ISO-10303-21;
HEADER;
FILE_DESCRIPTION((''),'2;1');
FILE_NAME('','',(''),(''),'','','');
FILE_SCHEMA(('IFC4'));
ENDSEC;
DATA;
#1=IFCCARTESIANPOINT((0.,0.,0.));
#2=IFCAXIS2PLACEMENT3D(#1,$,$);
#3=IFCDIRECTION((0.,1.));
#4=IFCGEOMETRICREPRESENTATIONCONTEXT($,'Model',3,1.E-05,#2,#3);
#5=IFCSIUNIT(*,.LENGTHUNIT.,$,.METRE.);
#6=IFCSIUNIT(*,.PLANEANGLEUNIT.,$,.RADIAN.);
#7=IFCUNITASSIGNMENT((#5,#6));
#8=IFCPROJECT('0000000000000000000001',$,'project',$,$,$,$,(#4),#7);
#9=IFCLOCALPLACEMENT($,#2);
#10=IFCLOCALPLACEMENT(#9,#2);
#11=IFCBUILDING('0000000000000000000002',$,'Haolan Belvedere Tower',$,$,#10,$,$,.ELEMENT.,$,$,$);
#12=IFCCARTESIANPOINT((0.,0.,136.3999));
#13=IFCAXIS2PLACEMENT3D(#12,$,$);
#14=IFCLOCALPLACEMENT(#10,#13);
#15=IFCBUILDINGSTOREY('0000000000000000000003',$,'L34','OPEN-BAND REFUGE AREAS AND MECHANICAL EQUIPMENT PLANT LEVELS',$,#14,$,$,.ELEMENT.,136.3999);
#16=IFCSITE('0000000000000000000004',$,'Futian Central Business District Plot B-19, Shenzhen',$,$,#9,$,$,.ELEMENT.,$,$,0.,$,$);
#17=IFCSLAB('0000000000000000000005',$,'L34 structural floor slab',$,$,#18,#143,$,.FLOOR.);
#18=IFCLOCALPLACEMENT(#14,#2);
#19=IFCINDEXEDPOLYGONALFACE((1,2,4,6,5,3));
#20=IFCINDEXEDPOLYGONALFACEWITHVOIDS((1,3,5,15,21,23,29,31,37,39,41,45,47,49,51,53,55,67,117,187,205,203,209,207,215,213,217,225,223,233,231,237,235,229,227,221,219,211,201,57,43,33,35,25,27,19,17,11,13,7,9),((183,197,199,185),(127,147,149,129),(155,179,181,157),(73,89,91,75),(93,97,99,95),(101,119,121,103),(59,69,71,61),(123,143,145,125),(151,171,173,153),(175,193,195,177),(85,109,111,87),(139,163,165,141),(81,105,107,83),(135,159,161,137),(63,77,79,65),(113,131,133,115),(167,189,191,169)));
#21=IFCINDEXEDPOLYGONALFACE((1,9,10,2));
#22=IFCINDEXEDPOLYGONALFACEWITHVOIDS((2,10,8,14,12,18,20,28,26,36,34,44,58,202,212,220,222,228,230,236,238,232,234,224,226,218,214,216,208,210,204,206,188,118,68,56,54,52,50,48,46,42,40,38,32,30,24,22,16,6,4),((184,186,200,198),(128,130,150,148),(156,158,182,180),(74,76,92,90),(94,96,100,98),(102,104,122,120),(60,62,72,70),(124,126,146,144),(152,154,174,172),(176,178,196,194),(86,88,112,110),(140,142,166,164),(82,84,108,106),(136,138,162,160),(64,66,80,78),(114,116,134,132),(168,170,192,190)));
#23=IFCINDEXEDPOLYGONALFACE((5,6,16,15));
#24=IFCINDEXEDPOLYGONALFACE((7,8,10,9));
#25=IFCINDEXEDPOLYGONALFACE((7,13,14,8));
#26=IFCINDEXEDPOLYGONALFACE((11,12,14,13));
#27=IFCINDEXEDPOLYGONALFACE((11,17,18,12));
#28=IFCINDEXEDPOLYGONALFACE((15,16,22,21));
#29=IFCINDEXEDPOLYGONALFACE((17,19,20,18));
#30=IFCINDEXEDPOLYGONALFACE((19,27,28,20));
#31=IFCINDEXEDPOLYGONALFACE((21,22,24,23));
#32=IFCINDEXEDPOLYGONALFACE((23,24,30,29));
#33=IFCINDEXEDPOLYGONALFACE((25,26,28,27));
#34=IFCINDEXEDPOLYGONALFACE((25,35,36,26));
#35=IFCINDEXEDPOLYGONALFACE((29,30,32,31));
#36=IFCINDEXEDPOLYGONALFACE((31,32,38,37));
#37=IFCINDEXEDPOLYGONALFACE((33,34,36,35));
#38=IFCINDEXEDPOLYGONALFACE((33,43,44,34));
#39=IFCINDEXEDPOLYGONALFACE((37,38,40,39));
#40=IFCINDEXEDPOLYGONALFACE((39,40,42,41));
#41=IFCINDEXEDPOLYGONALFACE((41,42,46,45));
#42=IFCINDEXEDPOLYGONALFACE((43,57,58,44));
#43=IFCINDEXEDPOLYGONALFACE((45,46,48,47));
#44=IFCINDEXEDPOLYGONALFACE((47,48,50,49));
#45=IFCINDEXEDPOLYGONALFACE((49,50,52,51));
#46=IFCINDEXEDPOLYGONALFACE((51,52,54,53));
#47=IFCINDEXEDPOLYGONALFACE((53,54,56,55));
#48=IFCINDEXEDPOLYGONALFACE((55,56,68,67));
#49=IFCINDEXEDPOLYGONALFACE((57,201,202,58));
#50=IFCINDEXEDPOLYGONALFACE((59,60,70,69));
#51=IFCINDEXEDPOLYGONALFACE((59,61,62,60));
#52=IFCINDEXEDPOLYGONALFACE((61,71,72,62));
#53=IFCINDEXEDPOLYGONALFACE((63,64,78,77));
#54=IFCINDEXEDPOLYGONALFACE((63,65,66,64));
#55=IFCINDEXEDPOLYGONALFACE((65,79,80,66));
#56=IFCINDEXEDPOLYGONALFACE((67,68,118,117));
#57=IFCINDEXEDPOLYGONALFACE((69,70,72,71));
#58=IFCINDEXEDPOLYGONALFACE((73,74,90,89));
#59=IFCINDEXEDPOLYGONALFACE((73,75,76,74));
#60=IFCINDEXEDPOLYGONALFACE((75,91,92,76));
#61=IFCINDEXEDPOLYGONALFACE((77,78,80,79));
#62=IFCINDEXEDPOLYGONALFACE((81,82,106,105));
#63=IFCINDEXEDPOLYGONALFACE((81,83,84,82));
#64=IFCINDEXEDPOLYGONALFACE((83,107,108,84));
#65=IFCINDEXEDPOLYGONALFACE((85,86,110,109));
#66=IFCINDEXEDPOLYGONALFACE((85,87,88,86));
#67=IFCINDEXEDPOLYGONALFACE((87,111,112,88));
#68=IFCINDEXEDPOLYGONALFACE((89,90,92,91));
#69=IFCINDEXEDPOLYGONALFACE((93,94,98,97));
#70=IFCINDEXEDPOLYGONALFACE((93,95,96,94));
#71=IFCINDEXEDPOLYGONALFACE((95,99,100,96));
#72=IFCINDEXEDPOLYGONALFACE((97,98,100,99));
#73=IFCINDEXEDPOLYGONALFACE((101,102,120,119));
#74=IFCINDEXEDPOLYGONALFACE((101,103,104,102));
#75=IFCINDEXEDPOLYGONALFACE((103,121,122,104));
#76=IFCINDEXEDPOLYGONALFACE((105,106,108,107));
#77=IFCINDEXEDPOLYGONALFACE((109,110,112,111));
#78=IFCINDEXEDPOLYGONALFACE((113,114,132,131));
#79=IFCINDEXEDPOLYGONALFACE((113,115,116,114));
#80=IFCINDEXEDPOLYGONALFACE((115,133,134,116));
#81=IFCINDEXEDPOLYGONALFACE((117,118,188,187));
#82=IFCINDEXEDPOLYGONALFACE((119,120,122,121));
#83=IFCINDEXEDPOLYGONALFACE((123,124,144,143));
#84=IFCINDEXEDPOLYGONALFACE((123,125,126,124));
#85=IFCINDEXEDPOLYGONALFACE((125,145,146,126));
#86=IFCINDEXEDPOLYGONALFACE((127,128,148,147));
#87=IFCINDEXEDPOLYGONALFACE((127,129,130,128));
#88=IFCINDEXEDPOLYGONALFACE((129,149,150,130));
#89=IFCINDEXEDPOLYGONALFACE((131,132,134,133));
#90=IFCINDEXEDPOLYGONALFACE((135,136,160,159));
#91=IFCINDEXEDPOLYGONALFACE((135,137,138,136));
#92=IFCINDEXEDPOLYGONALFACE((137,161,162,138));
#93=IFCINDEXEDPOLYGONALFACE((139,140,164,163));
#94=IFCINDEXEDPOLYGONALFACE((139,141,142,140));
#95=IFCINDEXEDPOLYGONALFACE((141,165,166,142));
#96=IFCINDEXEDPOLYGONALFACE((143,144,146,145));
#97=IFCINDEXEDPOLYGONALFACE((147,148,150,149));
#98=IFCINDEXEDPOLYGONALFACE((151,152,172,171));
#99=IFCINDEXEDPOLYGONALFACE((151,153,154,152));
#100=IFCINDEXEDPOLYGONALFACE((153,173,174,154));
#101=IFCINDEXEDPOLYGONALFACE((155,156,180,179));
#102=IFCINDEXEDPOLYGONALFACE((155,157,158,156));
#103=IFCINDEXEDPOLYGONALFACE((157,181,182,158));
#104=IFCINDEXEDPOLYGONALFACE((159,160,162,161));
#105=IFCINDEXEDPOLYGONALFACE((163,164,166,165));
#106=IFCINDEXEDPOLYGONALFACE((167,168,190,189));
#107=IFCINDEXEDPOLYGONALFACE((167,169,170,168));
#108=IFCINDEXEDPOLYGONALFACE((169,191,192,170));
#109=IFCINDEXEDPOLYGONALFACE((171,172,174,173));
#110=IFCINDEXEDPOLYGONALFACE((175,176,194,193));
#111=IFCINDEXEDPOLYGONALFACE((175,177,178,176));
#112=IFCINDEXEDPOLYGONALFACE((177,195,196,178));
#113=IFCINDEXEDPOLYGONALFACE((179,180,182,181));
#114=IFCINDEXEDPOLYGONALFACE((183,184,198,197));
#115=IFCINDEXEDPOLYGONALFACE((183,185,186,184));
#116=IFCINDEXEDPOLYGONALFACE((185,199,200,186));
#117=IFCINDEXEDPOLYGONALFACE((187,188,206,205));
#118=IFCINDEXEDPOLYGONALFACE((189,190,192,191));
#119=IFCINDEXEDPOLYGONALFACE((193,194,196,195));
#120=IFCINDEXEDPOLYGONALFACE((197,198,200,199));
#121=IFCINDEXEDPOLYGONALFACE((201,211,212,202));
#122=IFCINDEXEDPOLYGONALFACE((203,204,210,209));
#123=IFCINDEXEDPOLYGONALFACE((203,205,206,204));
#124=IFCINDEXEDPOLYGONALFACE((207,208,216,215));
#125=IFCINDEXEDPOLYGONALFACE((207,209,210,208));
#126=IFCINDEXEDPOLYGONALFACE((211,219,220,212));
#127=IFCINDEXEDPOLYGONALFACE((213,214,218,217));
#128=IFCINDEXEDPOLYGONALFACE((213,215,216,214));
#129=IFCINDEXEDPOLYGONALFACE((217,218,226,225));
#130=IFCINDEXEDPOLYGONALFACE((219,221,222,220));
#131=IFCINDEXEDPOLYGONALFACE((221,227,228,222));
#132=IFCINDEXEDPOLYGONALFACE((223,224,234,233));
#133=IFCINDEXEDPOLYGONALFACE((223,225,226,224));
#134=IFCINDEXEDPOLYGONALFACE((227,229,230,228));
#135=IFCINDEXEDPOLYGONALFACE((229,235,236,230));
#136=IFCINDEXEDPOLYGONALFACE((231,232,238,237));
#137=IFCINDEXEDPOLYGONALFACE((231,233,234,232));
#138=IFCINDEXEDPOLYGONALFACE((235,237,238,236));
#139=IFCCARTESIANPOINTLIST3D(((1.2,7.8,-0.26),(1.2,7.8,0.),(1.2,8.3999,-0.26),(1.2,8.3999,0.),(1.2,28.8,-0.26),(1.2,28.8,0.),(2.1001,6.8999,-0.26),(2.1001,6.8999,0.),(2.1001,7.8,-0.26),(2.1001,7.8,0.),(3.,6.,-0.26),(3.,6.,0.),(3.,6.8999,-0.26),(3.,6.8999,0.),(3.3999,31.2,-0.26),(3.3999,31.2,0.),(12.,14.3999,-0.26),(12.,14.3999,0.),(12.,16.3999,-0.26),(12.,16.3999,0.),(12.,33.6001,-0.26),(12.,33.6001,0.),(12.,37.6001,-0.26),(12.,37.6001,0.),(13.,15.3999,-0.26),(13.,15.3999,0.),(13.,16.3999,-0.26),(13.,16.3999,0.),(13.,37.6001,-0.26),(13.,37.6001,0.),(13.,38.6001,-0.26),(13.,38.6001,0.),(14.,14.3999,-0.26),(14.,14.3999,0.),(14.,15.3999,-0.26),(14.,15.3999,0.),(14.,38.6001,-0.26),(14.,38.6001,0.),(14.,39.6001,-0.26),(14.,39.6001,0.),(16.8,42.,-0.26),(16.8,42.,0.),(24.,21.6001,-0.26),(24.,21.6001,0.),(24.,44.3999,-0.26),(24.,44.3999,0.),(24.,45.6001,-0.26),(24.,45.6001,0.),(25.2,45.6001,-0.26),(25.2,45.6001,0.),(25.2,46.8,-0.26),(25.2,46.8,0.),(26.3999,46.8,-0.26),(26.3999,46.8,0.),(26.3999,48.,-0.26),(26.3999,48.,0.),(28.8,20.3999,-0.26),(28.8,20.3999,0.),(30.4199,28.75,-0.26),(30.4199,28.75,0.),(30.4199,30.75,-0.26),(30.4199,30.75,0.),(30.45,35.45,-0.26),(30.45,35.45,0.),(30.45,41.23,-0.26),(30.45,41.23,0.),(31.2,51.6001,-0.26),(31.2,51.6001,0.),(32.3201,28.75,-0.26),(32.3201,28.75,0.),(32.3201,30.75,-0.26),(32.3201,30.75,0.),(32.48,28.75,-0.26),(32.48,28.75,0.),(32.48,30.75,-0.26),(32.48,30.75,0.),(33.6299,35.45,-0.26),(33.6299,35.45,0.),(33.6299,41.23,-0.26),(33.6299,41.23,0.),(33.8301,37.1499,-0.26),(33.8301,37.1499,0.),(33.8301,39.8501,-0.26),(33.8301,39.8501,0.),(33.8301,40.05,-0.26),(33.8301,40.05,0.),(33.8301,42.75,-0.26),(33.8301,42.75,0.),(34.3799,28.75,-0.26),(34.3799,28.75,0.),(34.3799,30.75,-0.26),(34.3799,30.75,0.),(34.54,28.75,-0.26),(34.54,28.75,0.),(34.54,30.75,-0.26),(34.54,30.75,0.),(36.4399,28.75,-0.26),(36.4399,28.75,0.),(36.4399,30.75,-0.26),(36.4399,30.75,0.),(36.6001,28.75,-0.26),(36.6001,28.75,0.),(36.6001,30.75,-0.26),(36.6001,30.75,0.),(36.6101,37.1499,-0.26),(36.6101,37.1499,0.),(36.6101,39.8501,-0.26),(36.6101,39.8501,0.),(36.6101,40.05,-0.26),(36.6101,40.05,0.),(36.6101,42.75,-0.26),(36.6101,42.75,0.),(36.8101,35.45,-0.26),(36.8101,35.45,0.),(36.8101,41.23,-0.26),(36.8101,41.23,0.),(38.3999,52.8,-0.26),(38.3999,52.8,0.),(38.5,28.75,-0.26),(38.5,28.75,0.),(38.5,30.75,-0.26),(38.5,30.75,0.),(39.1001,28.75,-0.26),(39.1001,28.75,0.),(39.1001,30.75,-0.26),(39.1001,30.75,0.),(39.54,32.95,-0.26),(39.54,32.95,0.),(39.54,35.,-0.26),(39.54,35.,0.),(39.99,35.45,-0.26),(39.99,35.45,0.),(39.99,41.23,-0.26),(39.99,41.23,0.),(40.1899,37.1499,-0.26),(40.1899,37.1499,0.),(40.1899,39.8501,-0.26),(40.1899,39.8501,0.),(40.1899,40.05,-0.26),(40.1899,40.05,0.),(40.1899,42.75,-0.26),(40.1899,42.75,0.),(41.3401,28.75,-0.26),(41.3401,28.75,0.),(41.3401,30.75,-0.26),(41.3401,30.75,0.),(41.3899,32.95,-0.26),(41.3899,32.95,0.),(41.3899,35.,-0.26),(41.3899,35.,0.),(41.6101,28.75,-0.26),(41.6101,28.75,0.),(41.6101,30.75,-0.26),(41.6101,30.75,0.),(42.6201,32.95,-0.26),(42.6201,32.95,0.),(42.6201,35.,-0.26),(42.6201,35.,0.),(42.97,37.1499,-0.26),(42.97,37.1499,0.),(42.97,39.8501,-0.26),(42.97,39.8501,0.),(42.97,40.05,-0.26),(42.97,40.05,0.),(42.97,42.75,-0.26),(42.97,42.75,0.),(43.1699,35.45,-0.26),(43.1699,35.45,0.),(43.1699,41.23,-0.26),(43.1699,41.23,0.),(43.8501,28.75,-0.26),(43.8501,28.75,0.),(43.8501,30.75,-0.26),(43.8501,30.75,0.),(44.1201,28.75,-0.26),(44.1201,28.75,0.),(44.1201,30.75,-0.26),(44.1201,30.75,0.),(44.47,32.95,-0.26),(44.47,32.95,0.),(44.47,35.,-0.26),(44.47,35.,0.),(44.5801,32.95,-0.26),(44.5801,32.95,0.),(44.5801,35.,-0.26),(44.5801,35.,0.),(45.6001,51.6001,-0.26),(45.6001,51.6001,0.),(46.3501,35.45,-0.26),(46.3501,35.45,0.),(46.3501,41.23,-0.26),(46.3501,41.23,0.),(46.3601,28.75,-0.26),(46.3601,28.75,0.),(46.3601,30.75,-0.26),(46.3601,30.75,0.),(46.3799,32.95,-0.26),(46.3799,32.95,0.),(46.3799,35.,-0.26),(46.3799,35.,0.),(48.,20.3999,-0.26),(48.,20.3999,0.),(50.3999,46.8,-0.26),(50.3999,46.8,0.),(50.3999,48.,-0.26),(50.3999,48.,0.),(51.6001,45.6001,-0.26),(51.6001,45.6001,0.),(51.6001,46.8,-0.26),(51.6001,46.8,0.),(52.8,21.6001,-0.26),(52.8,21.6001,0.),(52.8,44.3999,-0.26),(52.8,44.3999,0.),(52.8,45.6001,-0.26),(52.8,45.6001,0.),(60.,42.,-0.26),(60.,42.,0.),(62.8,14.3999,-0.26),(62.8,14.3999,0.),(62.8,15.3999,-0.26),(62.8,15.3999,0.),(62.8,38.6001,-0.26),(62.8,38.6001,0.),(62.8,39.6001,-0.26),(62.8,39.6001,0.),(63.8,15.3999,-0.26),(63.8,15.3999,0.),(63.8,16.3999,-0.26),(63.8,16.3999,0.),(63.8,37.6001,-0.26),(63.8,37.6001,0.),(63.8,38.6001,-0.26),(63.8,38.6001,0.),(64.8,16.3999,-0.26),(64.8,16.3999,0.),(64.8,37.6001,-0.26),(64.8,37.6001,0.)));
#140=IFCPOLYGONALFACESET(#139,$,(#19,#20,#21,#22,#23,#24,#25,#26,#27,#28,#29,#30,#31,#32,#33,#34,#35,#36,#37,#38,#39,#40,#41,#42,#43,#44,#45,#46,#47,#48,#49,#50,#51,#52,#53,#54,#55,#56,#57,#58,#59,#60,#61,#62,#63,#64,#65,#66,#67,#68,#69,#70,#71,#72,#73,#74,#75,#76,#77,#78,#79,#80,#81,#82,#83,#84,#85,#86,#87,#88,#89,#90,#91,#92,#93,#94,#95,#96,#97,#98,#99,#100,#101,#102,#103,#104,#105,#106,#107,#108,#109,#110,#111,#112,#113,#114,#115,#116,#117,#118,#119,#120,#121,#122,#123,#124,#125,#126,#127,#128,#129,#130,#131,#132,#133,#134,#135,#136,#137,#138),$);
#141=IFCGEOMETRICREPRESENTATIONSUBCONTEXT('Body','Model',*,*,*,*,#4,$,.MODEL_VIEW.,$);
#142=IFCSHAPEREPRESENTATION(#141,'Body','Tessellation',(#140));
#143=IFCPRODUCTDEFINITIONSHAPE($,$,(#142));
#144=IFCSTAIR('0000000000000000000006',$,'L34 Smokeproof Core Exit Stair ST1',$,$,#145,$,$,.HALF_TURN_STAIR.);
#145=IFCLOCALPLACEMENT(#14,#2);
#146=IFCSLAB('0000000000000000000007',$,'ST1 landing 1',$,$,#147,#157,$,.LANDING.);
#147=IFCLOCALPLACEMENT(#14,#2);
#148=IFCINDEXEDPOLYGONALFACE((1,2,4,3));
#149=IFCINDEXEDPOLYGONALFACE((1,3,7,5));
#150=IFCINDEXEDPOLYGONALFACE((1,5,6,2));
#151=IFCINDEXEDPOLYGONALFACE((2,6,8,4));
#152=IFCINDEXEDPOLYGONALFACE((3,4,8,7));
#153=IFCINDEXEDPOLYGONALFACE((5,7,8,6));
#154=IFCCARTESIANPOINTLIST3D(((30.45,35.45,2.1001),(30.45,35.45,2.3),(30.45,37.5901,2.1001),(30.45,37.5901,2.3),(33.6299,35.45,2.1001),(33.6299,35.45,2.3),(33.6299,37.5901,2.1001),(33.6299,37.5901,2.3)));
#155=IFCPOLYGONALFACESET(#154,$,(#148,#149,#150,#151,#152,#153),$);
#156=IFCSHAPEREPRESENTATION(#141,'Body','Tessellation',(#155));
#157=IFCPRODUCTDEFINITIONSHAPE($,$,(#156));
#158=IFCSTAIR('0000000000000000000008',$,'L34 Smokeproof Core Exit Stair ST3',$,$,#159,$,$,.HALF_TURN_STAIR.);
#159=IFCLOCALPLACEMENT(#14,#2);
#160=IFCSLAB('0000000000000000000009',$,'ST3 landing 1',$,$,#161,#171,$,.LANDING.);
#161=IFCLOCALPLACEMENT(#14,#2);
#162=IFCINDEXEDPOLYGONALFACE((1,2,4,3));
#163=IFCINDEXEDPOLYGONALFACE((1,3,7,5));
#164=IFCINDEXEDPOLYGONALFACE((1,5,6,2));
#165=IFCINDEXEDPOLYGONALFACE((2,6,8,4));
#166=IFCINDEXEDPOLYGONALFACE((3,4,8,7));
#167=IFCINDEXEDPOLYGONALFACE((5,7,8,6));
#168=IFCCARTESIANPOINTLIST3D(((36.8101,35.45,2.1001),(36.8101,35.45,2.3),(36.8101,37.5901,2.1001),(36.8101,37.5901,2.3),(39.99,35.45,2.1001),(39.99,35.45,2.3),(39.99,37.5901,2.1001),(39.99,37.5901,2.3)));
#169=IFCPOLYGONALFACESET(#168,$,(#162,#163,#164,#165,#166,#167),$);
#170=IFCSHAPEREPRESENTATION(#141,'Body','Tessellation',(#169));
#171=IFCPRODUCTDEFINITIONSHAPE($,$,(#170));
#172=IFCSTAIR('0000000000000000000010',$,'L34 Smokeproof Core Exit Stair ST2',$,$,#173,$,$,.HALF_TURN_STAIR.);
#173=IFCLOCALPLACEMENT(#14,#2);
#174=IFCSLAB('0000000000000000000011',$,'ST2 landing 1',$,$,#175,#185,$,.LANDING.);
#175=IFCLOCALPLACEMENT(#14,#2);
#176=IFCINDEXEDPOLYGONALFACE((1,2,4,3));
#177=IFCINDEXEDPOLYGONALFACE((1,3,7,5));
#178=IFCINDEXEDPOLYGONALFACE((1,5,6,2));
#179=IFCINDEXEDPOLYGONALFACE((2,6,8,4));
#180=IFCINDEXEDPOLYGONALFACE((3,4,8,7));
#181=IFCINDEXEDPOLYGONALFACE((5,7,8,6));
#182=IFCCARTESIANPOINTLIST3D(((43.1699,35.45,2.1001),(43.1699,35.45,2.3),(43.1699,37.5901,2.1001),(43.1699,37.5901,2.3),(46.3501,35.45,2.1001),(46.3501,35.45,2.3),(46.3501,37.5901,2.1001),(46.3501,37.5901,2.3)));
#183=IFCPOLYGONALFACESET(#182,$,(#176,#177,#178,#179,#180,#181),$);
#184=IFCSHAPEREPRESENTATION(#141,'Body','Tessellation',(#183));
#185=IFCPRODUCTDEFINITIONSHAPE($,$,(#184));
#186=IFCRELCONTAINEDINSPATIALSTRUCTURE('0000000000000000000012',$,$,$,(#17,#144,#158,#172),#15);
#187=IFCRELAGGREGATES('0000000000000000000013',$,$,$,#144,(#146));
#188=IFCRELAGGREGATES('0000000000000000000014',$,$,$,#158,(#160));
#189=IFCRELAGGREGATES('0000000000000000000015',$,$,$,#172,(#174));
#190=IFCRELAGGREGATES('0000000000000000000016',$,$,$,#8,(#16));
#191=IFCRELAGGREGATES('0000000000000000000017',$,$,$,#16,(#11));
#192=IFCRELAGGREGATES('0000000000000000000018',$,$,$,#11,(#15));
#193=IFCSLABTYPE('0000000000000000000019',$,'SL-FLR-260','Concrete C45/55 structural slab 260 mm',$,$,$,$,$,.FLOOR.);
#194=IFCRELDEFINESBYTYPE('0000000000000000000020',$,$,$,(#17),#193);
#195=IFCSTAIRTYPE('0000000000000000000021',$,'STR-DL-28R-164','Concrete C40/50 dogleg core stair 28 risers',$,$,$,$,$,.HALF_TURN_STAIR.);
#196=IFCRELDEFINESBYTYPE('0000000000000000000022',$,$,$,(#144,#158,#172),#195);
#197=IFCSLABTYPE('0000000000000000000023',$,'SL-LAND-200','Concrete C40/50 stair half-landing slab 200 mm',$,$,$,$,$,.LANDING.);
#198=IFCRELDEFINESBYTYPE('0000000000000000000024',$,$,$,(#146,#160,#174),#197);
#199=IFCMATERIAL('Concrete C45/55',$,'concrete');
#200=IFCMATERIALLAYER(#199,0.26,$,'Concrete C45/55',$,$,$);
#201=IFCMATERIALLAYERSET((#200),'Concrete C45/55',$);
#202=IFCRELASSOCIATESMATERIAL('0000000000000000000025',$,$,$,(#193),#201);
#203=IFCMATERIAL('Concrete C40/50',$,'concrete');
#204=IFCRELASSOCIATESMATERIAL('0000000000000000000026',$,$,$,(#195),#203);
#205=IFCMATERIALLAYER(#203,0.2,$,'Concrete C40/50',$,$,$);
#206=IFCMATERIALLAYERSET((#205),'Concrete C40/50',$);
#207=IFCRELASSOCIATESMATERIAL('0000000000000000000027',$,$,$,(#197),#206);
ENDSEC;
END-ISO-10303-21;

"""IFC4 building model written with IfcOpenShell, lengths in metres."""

from ifc_helpers import new_model, si_unit, direction, frame, origin, place, context, subcontext, project, spatial, polyline, outline, extrude, material, layer, layer_set, type_object, element, aggregate, save


model = new_model("IFC4")

# Units and contexts
model_context = context("Model", 3, precision=1e-05, world=origin(), true_north=direction((0.0, 1.0)))
body_context = subcontext(model_context, "Body", "Model", "MODEL_VIEW")
ifc_project = project(units=[si_unit("LENGTHUNIT", "METRE"), si_unit("PLANEANGLEUNIT", "RADIAN")], contexts=[model_context])

# Site, building, storey
site_placement = place(None, origin())
site = spatial("IfcSite", under=ifc_project, at=site_placement, Name="Futian Central Business District Plot B-19, Shenzhen", CompositionType="ELEMENT", RefElevation=0.0)
building_placement = place(site_placement, origin())
building = spatial("IfcBuilding", under=site, at=building_placement, Name="Haolan Belvedere Tower", CompositionType="ELEMENT")
storey_placement = place(building_placement, frame((0.0, 0.0, 136.3999)))
storey = spatial("IfcBuildingStorey", under=building, at=storey_placement, Name="L34", Description="OPEN-BAND REFUGE AREAS AND MECHANICAL EQUIPMENT PLANT LEVELS", CompositionType="ELEMENT", Elevation=136.3999)

# Slab
ifc_material_1 = material(Name="Concrete C45/55", Category="concrete")
ifc_layer_1 = layer(ifc_material_1, 0.26, Name="Concrete C45/55")
ifc_layer_set_1 = layer_set([ifc_layer_1], Name="Concrete C45/55")
slab_type_1 = type_object("IfcSlabType", Name="SL-FLR-260", Description="Concrete C45/55 structural slab 260 mm", PredefinedType="FLOOR", material=ifc_layer_set_1)
slab_1_placement = place(storey_placement, frame((0.0, 0.0, -0.26)))
element("IfcSlab", 1, at=slab_1_placement, inside=storey, type_object=slab_type_1, Name="L34 structural floor slab", PredefinedType="FLOOR", context=body_context, shape_type="SweptSolid", body=[
    extrude(outline(polyline([(12.0, 14.3999), (12.0, 16.3999), (13.0, 16.3999), (13.0, 15.3999), (14.0, 15.3999), (14.0, 14.3999), (24.0, 21.6001), (28.8, 20.3999), (48.0, 20.3999), (52.8, 21.6001), (62.8, 14.3999), (62.8, 15.3999), (63.8, 15.3999), (63.8, 16.3999), (64.8, 16.3999), (64.8, 37.6001), (63.8, 37.6001), (63.8, 38.6001), (62.8, 38.6001), (62.8, 39.6001), (60.0, 42.0), (52.8, 44.3999), (52.8, 45.6001), (51.6001, 45.6001), (51.6001, 46.8), (50.3999, 46.8), (50.3999, 48.0), (45.6001, 51.6001), (38.3999, 52.8), (31.2, 51.6001), (26.3999, 48.0), (26.3999, 46.8), (25.2, 46.8), (25.2, 45.6001), (24.0, 45.6001), (24.0, 44.3999), (16.8, 42.0), (14.0, 39.6001), (14.0, 38.6001), (13.0, 38.6001), (13.0, 37.6001), (12.0, 37.6001), (12.0, 33.6001), (3.3999, 31.2), (1.2, 28.8), (1.2, 8.3999), (1.2, 7.8), (2.1001, 7.8), (2.1001, 6.8999), (3.0, 6.8999), (3.0, 6.0), (12.0, 14.3999)]), holes=[polyline([(30.45, 41.23), (30.45, 35.45), (33.6299, 35.45), (33.6299, 41.23), (30.45, 41.23)]), polyline([(36.8101, 41.23), (36.8101, 35.45), (39.99, 35.45), (39.99, 41.23), (36.8101, 41.23)]), polyline([(43.1699, 41.23), (43.1699, 35.45), (46.3501, 35.45), (46.3501, 41.23), (43.1699, 41.23)]), polyline([(33.8301, 40.05), (36.6101, 40.05), (36.6101, 42.75), (33.8301, 42.75), (33.8301, 40.05)]), polyline([(33.8301, 37.1499), (36.6101, 37.1499), (36.6101, 39.8501), (33.8301, 39.8501), (33.8301, 37.1499)]), polyline([(40.1899, 40.05), (42.97, 40.05), (42.97, 42.75), (40.1899, 42.75), (40.1899, 40.05)]), polyline([(40.1899, 37.1499), (42.97, 37.1499), (42.97, 39.8501), (40.1899, 39.8501), (40.1899, 37.1499)]), polyline([(39.54, 32.95), (41.3899, 32.95), (41.3899, 35.0), (39.54, 35.0), (39.54, 32.95)]), polyline([(42.6201, 32.95), (44.47, 32.95), (44.47, 35.0), (42.6201, 35.0), (42.6201, 32.95)]), polyline([(44.5801, 32.95), (46.3799, 32.95), (46.3799, 35.0), (44.5801, 35.0), (44.5801, 32.95)]), polyline([(30.4199, 28.75), (32.3201, 28.75), (32.3201, 30.75), (30.4199, 30.75), (30.4199, 28.75)]), polyline([(32.48, 28.75), (34.3799, 28.75), (34.3799, 30.75), (32.48, 30.75), (32.48, 28.75)]), polyline([(34.54, 28.75), (36.4399, 28.75), (36.4399, 30.75), (34.54, 30.75), (34.54, 28.75)]), polyline([(36.6001, 28.75), (38.5, 28.75), (38.5, 30.75), (36.6001, 30.75), (36.6001, 28.75)]), polyline([(39.1001, 28.75), (41.3401, 28.75), (41.3401, 30.75), (39.1001, 30.75), (39.1001, 28.75)]), polyline([(41.6101, 28.75), (43.8501, 28.75), (43.8501, 30.75), (41.6101, 30.75), (41.6101, 28.75)]), polyline([(44.1201, 28.75), (46.3601, 28.75), (46.3601, 30.75), (44.1201, 30.75), (44.1201, 28.75)])]), origin(), (0.0, 0.0, 1.0), 0.26),
])

# Stairs, slabs
ifc_material_2 = material(Name="Concrete C40/50", Category="concrete")
stair_type = type_object("IfcStairType", Name="STR-DL-28R-164", Description="Concrete C40/50 dogleg core stair 28 risers", PredefinedType="HALF_TURN_STAIR", material=ifc_material_2)
stair_1_placement = place(storey_placement, origin())
stair_1 = element("IfcStair", 2, at=stair_1_placement, inside=storey, type_object=stair_type, Name="L34 Smokeproof Core Exit Stair ST1", PredefinedType="HALF_TURN_STAIR")
ifc_layer_2 = layer(ifc_material_2, 0.2, Name="Concrete C40/50")
ifc_layer_set_2 = layer_set([ifc_layer_2], Name="Concrete C40/50")
slab_type_2 = type_object("IfcSlabType", Name="SL-LAND-200", Description="Concrete C40/50 stair half-landing slab 200 mm", PredefinedType="LANDING", material=ifc_layer_set_2)
slab_2_placement = place(storey_placement, frame((0.0, 0.0, 2.1001)))
slab_2 = element("IfcSlab", 3, at=slab_2_placement, type_object=slab_type_2, Name="ST1 landing 1", PredefinedType="LANDING", context=body_context, shape_type="SweptSolid", body=[
    extrude(outline(polyline([(30.45, 37.5901), (30.45, 35.45), (33.6299, 35.45), (33.6299, 37.5901), (30.45, 37.5901)])), origin(), (0.0, 0.0, 1.0), 0.2),
])
aggregate(stair_1, [slab_2])
stair_2_placement = place(storey_placement, origin())
stair_2 = element("IfcStair", 4, at=stair_2_placement, inside=storey, type_object=stair_type, Name="L34 Smokeproof Core Exit Stair ST3", PredefinedType="HALF_TURN_STAIR")
slab_3_placement = place(storey_placement, frame((0.0, 0.0, 2.1001)))
slab_3 = element("IfcSlab", 5, at=slab_3_placement, type_object=slab_type_2, Name="ST3 landing 1", PredefinedType="LANDING", context=body_context, shape_type="SweptSolid", body=[
    extrude(outline(polyline([(36.8101, 37.5901), (36.8101, 35.45), (39.99, 35.45), (39.99, 37.5901), (36.8101, 37.5901)])), origin(), (0.0, 0.0, 1.0), 0.2),
])
aggregate(stair_2, [slab_3])
stair_3_placement = place(storey_placement, origin())
stair_3 = element("IfcStair", 6, at=stair_3_placement, inside=storey, type_object=stair_type, Name="L34 Smokeproof Core Exit Stair ST2", PredefinedType="HALF_TURN_STAIR")
slab_4_placement = place(storey_placement, frame((0.0, 0.0, 2.1001)))
slab_4 = element("IfcSlab", 7, at=slab_4_placement, type_object=slab_type_2, Name="ST2 landing 1", PredefinedType="LANDING", context=body_context, shape_type="SweptSolid", body=[
    extrude(outline(polyline([(43.1699, 37.5901), (43.1699, 35.45), (46.3501, 35.45), (46.3501, 37.5901), (43.1699, 37.5901)])), origin(), (0.0, 0.0, 1.0), 0.2),
])
aggregate(stair_3, [slab_4])

save(model, "model.ifc")
